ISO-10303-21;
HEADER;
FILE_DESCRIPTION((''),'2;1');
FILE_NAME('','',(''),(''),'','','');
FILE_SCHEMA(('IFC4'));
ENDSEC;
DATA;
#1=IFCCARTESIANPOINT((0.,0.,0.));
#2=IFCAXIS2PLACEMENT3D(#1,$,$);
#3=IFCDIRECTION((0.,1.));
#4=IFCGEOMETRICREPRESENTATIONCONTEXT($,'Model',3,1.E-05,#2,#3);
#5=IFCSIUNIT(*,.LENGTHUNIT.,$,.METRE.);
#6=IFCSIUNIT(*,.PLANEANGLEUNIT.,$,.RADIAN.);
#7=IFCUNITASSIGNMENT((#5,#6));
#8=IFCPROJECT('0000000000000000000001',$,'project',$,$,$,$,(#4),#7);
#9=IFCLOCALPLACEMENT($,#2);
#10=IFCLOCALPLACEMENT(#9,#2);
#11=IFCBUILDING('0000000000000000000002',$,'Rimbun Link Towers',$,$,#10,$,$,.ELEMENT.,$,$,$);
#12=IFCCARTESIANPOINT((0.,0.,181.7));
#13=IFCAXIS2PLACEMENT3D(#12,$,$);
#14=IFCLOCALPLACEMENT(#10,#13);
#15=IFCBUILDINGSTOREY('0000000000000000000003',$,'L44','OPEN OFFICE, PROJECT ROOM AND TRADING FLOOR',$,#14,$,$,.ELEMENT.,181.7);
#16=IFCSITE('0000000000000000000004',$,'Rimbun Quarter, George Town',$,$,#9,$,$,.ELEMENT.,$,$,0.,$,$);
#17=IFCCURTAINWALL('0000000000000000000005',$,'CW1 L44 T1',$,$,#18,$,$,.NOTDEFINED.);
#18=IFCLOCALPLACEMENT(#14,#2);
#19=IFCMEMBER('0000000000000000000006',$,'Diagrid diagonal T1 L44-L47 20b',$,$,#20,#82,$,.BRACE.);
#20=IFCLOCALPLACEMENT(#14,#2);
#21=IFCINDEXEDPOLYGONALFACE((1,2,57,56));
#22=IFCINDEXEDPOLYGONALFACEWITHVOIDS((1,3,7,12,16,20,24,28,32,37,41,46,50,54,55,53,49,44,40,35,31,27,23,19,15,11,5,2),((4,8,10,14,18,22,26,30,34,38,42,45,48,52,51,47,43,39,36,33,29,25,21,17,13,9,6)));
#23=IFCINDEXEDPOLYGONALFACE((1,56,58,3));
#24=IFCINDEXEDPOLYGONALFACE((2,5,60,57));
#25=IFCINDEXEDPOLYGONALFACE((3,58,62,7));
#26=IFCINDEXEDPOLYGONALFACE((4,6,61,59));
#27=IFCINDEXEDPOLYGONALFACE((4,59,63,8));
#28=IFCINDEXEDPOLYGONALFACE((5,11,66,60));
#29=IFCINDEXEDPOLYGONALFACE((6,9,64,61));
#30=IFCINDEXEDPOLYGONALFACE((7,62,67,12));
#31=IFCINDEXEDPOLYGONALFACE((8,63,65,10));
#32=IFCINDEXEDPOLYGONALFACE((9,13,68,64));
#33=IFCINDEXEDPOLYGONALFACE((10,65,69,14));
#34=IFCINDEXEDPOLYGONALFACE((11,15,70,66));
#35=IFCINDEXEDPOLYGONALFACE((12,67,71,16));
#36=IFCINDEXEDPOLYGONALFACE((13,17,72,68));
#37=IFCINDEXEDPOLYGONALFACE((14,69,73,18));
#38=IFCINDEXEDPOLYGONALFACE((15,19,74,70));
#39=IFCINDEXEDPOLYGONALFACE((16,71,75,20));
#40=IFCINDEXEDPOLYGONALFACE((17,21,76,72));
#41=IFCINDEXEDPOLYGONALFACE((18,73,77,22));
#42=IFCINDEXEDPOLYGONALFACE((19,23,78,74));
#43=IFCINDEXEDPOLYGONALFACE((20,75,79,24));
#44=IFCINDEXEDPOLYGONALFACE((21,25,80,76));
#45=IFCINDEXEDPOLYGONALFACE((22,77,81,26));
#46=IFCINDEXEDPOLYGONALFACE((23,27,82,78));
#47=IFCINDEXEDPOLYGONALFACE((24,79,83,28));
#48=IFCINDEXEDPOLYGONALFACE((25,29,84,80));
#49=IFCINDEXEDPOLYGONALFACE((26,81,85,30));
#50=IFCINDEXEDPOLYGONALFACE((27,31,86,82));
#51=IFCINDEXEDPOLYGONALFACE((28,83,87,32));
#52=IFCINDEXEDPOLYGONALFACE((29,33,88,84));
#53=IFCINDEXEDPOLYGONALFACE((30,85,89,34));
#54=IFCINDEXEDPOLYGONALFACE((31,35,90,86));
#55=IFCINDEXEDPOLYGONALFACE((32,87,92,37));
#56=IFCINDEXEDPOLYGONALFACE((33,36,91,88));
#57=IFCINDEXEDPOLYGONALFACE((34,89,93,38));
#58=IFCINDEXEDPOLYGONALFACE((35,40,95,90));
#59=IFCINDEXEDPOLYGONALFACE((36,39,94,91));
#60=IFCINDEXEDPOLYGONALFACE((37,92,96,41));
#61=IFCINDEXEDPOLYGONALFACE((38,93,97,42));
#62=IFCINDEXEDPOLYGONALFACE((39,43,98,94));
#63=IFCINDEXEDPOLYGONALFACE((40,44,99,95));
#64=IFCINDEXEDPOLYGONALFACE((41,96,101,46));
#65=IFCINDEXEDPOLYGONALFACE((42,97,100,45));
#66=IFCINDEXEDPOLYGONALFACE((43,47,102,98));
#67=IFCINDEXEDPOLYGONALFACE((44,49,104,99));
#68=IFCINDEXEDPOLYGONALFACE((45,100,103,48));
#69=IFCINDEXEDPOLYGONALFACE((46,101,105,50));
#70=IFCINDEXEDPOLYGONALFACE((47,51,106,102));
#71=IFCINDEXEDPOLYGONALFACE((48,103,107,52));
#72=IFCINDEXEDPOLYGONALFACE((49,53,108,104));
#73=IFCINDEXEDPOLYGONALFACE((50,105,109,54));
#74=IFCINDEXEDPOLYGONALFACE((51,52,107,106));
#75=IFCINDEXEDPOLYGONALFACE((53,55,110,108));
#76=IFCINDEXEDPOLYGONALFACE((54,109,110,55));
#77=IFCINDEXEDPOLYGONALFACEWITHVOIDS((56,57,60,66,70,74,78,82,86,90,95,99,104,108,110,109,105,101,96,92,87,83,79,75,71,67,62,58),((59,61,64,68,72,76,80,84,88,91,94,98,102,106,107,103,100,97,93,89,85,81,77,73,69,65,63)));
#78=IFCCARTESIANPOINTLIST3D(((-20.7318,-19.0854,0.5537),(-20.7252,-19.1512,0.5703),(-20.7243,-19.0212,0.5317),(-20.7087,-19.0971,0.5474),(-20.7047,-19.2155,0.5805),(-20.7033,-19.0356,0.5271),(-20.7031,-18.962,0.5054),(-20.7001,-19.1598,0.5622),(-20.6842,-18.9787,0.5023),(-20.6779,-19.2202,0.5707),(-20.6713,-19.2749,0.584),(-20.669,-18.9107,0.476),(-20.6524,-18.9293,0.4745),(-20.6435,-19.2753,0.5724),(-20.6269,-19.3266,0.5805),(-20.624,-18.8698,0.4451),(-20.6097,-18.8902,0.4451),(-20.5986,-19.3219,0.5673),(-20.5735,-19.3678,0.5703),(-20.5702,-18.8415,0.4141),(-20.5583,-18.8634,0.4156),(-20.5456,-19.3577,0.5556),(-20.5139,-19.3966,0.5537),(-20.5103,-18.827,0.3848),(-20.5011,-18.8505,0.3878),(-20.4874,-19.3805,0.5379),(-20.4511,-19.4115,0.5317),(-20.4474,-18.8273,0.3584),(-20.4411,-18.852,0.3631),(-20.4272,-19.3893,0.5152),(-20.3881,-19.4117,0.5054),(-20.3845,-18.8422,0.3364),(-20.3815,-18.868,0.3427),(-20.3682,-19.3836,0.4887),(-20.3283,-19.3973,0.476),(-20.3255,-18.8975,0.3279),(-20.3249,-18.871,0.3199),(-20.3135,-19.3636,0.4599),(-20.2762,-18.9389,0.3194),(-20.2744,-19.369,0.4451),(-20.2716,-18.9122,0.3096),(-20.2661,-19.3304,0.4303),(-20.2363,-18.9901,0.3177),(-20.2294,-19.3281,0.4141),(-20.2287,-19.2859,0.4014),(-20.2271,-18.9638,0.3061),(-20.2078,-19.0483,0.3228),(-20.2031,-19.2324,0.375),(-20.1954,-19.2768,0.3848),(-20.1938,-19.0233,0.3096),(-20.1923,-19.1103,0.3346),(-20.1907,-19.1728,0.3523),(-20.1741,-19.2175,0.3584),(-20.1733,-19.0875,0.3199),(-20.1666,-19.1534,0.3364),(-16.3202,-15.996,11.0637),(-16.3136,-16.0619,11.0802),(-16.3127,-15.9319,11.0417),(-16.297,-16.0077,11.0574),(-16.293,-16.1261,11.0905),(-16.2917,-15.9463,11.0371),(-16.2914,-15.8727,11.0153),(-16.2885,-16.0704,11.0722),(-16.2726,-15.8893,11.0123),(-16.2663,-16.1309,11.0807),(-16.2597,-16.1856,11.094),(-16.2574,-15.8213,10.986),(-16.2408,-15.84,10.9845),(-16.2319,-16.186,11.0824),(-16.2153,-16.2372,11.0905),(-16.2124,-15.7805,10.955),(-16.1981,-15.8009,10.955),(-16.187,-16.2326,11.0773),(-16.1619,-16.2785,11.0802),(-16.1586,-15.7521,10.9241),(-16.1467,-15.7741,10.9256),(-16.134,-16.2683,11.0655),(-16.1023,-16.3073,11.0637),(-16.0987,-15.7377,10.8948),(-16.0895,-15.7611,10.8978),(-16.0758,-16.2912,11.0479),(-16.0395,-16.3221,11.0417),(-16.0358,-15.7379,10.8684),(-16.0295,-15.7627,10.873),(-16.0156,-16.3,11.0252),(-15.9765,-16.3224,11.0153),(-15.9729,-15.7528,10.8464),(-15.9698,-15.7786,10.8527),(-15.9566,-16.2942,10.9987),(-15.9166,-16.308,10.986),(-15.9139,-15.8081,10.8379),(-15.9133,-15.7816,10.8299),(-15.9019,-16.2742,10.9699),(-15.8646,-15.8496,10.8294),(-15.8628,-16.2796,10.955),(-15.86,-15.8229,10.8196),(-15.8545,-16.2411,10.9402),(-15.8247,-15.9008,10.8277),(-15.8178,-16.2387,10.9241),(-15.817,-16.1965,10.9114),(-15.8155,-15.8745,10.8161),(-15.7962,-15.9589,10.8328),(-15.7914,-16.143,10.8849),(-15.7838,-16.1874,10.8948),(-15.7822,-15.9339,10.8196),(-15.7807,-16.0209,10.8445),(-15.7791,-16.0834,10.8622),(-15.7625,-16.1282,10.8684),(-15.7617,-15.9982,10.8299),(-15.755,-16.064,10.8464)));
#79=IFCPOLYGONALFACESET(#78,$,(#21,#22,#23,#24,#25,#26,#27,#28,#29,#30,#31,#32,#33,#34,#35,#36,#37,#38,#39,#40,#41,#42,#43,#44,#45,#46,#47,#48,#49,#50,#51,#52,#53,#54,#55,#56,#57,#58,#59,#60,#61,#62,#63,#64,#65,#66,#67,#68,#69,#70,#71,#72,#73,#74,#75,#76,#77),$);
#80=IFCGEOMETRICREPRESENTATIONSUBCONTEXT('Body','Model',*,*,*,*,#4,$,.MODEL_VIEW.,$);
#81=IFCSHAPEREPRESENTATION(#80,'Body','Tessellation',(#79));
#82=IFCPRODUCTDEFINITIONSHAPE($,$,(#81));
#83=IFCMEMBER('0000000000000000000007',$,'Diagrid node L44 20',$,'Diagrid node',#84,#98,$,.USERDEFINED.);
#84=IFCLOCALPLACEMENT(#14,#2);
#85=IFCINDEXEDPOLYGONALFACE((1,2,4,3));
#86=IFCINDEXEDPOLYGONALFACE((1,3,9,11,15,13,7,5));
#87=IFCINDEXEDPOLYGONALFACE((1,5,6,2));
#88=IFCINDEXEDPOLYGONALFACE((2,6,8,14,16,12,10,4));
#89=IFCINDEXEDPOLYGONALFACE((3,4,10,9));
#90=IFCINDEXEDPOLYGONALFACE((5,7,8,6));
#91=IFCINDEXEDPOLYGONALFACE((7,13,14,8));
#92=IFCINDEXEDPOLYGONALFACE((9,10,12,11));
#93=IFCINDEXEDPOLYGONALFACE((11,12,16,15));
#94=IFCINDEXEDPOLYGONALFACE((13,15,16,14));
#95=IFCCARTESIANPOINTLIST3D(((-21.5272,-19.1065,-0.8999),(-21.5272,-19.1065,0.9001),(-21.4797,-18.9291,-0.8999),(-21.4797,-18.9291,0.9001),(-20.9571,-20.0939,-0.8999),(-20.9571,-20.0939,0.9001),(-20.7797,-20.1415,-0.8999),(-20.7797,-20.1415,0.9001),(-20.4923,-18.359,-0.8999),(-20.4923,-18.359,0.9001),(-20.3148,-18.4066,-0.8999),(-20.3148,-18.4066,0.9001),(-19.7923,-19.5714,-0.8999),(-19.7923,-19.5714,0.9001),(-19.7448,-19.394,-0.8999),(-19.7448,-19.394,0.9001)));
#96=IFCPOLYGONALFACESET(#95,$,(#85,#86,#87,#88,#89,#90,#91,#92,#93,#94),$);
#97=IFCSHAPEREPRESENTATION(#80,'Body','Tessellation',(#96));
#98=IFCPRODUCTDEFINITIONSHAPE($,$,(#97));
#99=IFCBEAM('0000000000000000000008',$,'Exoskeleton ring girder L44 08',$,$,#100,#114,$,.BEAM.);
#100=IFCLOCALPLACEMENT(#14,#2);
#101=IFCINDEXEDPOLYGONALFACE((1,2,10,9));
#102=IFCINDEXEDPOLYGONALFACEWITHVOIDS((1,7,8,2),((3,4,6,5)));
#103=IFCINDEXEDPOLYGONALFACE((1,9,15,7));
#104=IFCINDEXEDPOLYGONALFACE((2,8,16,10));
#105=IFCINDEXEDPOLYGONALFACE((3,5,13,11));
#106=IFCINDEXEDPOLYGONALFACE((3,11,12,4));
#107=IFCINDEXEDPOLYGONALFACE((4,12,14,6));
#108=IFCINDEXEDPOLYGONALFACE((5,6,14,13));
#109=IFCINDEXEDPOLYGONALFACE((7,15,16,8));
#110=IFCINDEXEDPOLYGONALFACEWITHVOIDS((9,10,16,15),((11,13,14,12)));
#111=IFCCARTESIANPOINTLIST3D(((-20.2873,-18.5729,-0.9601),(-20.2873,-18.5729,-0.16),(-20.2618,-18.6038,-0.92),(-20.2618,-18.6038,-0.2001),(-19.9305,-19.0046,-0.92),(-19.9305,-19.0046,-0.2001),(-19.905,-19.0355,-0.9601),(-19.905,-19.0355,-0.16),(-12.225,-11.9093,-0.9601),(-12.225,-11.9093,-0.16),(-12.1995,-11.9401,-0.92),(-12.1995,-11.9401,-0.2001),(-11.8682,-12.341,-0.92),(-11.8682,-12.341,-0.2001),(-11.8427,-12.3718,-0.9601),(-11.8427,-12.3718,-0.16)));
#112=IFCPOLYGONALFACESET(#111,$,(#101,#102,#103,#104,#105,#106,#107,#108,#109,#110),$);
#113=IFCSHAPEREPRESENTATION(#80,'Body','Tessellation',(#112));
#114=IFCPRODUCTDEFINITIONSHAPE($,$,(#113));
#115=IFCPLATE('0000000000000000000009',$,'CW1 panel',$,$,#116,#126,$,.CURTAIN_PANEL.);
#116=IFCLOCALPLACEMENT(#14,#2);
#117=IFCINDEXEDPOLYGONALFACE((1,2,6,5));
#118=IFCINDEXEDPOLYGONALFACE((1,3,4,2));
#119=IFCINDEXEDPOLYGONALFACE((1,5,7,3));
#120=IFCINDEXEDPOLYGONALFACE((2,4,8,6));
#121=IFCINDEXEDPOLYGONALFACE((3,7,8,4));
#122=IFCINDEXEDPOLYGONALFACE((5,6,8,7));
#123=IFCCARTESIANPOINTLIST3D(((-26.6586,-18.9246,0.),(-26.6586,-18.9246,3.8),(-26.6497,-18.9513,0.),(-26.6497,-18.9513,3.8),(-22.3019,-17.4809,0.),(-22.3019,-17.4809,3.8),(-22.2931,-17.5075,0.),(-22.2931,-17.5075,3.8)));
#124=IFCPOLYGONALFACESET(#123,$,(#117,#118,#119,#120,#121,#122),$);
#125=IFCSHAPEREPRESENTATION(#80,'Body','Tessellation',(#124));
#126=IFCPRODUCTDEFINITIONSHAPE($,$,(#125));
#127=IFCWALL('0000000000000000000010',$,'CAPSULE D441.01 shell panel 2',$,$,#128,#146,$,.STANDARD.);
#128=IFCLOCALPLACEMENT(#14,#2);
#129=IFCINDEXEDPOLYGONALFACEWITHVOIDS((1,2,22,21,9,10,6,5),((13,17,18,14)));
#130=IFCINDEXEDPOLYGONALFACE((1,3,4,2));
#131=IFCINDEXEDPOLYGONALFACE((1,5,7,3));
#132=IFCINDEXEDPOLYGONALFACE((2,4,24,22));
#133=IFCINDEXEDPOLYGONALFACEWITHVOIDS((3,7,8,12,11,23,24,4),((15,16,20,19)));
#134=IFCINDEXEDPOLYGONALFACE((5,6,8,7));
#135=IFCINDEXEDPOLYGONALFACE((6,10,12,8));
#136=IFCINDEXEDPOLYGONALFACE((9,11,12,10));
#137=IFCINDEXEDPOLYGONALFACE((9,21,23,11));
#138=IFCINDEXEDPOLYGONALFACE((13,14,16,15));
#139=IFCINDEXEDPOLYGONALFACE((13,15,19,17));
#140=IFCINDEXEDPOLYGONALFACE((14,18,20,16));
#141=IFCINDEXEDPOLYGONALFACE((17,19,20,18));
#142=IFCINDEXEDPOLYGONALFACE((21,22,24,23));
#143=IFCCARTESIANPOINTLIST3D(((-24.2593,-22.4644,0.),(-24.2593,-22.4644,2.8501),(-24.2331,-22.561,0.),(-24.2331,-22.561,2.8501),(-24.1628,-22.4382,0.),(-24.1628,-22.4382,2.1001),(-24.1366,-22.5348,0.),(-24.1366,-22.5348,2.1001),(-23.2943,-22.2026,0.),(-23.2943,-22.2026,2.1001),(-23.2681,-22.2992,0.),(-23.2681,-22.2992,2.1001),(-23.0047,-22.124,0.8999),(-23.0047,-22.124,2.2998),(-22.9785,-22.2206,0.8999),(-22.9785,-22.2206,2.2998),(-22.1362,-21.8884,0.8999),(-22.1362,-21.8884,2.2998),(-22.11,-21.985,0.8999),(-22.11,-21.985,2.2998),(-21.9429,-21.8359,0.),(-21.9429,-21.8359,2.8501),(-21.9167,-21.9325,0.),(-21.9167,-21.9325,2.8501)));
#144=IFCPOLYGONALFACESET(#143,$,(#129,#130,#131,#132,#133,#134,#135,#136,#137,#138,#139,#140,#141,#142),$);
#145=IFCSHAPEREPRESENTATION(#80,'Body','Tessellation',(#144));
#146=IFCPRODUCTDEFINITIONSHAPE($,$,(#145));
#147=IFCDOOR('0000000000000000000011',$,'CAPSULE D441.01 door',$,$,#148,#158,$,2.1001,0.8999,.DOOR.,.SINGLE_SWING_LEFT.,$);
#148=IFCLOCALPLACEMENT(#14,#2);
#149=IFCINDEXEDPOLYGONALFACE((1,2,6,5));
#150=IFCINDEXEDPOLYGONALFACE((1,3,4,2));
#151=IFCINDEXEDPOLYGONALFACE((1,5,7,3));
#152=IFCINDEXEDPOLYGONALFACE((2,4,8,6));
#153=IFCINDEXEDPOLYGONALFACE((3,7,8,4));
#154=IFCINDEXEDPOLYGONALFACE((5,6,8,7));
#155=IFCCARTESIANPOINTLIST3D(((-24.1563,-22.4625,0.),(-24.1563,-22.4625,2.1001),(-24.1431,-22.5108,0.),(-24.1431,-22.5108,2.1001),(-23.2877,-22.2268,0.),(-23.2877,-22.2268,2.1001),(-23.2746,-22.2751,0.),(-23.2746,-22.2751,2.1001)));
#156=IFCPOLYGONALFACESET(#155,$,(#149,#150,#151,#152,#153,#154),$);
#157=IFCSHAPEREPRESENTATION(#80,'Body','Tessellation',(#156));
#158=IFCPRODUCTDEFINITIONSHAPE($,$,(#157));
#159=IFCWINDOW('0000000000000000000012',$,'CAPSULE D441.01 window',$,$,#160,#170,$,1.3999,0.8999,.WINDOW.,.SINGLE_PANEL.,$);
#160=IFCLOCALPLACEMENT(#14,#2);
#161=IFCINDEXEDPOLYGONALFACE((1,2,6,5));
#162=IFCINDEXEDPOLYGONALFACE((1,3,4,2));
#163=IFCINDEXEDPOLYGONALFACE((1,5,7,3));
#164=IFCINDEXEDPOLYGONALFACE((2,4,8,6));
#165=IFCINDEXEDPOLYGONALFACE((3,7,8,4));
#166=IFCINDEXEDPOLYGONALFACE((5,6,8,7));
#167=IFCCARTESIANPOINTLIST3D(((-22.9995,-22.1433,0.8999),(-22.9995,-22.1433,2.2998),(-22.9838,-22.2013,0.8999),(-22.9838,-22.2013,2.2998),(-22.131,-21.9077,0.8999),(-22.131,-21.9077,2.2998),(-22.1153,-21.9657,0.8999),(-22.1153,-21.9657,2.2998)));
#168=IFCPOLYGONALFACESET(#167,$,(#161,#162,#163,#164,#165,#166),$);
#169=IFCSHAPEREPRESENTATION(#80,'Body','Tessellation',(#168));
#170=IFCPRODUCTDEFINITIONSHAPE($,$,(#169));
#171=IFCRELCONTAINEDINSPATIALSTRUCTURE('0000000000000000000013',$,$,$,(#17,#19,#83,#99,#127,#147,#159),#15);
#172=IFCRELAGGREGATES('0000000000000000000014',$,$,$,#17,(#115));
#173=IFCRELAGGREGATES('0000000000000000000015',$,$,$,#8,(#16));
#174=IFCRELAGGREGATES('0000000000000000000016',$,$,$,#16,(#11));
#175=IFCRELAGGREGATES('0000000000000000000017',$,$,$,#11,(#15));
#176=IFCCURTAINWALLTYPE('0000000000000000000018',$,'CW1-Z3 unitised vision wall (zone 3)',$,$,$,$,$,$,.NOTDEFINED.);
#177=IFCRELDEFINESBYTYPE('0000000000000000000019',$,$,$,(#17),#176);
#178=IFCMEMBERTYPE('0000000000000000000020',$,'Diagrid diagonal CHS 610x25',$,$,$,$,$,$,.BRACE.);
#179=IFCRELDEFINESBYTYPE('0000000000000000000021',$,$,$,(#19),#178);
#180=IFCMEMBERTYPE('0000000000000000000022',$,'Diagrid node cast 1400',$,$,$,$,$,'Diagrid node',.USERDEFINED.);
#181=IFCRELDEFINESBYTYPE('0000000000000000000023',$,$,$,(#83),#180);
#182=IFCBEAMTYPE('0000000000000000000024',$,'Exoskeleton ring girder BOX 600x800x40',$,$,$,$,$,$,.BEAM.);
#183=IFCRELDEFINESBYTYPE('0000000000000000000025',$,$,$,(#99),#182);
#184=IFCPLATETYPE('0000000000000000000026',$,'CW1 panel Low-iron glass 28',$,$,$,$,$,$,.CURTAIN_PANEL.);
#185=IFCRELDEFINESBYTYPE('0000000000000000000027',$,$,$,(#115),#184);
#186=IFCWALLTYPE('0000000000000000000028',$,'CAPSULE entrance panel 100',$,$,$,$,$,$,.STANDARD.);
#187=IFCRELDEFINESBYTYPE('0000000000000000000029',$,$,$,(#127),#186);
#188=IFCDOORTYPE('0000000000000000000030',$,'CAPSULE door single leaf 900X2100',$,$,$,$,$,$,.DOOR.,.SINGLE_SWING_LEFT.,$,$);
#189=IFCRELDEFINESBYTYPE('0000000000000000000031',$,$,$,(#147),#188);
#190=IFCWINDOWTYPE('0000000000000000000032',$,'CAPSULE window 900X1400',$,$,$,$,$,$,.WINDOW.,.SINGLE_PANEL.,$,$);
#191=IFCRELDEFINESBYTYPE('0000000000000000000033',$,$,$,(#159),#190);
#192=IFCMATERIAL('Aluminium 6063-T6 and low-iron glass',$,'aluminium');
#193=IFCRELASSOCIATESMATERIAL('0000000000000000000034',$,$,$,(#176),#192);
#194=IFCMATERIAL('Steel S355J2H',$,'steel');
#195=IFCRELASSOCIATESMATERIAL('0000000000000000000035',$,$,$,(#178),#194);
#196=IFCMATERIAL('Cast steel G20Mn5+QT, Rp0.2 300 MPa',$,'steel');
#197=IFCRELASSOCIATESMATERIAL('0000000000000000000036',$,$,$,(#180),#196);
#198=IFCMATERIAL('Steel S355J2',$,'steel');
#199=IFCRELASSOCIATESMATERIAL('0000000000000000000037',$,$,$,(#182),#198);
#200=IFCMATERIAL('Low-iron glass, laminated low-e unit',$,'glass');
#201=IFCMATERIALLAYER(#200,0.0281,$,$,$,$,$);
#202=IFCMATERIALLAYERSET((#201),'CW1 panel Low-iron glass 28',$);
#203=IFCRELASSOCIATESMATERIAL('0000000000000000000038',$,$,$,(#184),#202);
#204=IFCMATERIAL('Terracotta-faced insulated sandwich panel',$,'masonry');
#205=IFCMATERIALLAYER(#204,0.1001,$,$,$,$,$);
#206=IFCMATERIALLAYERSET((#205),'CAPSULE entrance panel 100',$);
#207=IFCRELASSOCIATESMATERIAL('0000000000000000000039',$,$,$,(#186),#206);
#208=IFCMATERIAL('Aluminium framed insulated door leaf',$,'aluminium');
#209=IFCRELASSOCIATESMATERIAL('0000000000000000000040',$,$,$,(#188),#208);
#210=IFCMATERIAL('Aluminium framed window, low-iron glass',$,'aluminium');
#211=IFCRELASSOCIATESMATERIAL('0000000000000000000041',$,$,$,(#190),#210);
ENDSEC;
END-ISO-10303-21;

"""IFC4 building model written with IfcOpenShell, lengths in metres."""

from ifc_helpers import new_model, si_unit, direction, frame, frame_2d, origin, origin_2d, place, context, subcontext, project, spatial, polyline, rectangle, hollow_rectangle, hollow_circle, outline, extrude, material, layer, layer_set, material_profile, profile_set, type_object, element, fill, aggregate, save


model = new_model("IFC4")

# Units and contexts
model_context = context("Model", 3, precision=1e-05, world=origin(), true_north=direction((0.0, 1.0)))
body_context = subcontext(model_context, "Body", "Model", "MODEL_VIEW")
ifc_project = project(units=[si_unit("LENGTHUNIT", "METRE"), si_unit("PLANEANGLEUNIT", "RADIAN")], contexts=[model_context])

# Site, building, storey
site_placement = place(None, origin())
site = spatial("IfcSite", under=ifc_project, at=site_placement, Name="Rimbun Quarter, George Town", CompositionType="ELEMENT", RefElevation=0.0)
building_placement = place(site_placement, origin())
building = spatial("IfcBuilding", under=site, at=building_placement, Name="Rimbun Link Towers", CompositionType="ELEMENT")
storey_placement = place(building_placement, frame((0.0, 0.0, 181.7)))
storey = spatial("IfcBuildingStorey", under=building, at=storey_placement, Name="L44", Description="OPEN OFFICE, PROJECT ROOM AND TRADING FLOOR", CompositionType="ELEMENT", Elevation=181.7)

# Curtain wall
ifc_material_1 = material(Name="Aluminium 6063-T6 and low-iron glass", Category="aluminium")
curtain_wall_type = type_object("IfcCurtainWallType", Name="CW1-Z3 unitised vision wall (zone 3)", PredefinedType="NOTDEFINED", material=ifc_material_1)
curtain_wall_placement = place(storey_placement, origin())
curtain_wall = element("IfcCurtainWall", 1, at=curtain_wall_placement, inside=storey, type_object=curtain_wall_type, Name="CW1 L44 T1", PredefinedType="NOTDEFINED")

# Members
ifc_material_2 = material(Name="Steel S355J2H", Category="steel")
ifc_material_profile_1 = material_profile(ifc_material_2, hollow_circle(Radius=0.3047, WallThickness=0.0249, at=origin_2d()), Name="Diagrid diagonal CHS 610x25")
ifc_profile_set_1 = profile_set([ifc_material_profile_1], Name="Steel S355J2H")
member_type_1 = type_object("IfcMemberType", Name="Diagrid diagonal CHS 610x25", PredefinedType="BRACE", material=ifc_profile_set_1)
member_1_placement = place(storey_placement, frame((-20.4492, -19.1194, 0.4451), z_axis=(0.373562, 0.261597, 0.889954), x_axis=(-0.573614, 0.819125, 0.0)))
element("IfcMember", 2, at=member_1_placement, inside=storey, type_object=member_type_1, Name="Diagrid diagonal T1 L44-L47 20b", PredefinedType="BRACE", context=body_context, shape_type="SweptSolid", body=[
    extrude(hollow_circle(Radius=0.3047, WallThickness=0.0249, at=origin_2d()), origin(), (0.0, 0.0, 1.0), 11.8096),
])
ifc_material_3 = material(Name="Cast steel G20Mn5+QT, Rp0.2 300 MPa", Category="steel")
ifc_material_profile_2 = material_profile(ifc_material_3, outline(polyline([(0.7, -0.5701), (0.7, 0.5701), (0.5701, 0.7), (-0.5701, 0.7), (-0.7, 0.5701), (-0.7, -0.5701), (-0.5701, -0.7), (0.5701, -0.7), (0.7, -0.5701)])), Name="NODE 1400x1400")
ifc_profile_set_2 = profile_set([ifc_material_profile_2], Name="Cast steel G20Mn5+QT, Rp0.2 300 MPa")
member_type_2 = type_object("IfcMemberType", Name="Diagrid node cast 1400", ElementType="Diagrid node", PredefinedType="USERDEFINED", material=ifc_profile_set_2)
member_2_placement = place(storey_placement, frame((-20.636, -19.2502, -0.8999), z_axis=(0.0, 0.0, 1.0), x_axis=(0.5, -0.866025, 0.0)))
element("IfcMember", 3, at=member_2_placement, inside=storey, type_object=member_type_2, Name="Diagrid node L44 20", ObjectType="Diagrid node", PredefinedType="USERDEFINED", context=body_context, shape_type="SweptSolid", body=[
    extrude(outline(polyline([(0.7, -0.5701), (0.7, 0.5701), (0.5701, 0.7), (-0.5701, 0.7), (-0.7, 0.5701), (-0.7, -0.5701), (-0.5701, -0.7), (0.5701, -0.7), (0.7, -0.5701)])), origin(), (0.0, 0.0, 1.0), 1.8),
])

# Beam
ifc_material_4 = material(Name="Steel S355J2", Category="steel")
ifc_material_profile_3 = material_profile(ifc_material_4, hollow_rectangle(XDim=0.6001, YDim=0.8, WallThickness=0.04, at=origin_2d()), Name="Exoskeleton ring girder BOX 600x800x40")
ifc_profile_set_3 = profile_set([ifc_material_profile_3], Name="Steel S355J2")
beam_type_1 = type_object("IfcBeamType", Name="Exoskeleton ring girder BOX 600x800x40", PredefinedType="BEAM", material=ifc_profile_set_3)
beam_1_placement = place(storey_placement, frame((-20.0962, -18.8042, -0.5601), z_axis=(0.7708, 0.637077, 0.0), x_axis=(-0.637077, 0.7708, 0.0)))
element("IfcBeam", 4, at=beam_1_placement, inside=storey, type_object=beam_type_1, Name="Exoskeleton ring girder L44 08", PredefinedType="BEAM", context=body_context, shape_type="SweptSolid", body=[
    extrude(hollow_rectangle(XDim=0.6001, YDim=0.8, WallThickness=0.04, at=origin_2d()), origin(), (0.0, 0.0, 1.0), 10.4597),
])

# Plate
ifc_material_5 = material(Name="Low-iron glass, laminated low-e unit", Category="glass")
ifc_layer_1 = layer(ifc_material_5, 0.0281)
ifc_layer_set_1 = layer_set([ifc_layer_1], Name="CW1 panel Low-iron glass 28")
plate_type = type_object("IfcPlateType", Name="CW1 panel Low-iron glass 28", PredefinedType="CURTAIN_PANEL", material=ifc_layer_set_1)
plate_placement = place(storey_placement, frame((-24.4758, -18.2161, 0.0), z_axis=(0.0, 0.0, 1.0), x_axis=(-0.949236, -0.314565, 0.0)))
plate = element("IfcPlate", 5, at=plate_placement, type_object=plate_type, Name="CW1 panel", PredefinedType="CURTAIN_PANEL", context=body_context, shape_type="SweptSolid", body=[
    extrude(rectangle(XDim=4.5896, YDim=0.0281, at=origin_2d()), origin(), (0.0, 0.0, 1.0), 3.8),
])
aggregate(curtain_wall, [plate])

# Wall, openings, door, window
ifc_material_6 = material(Name="Terracotta-faced insulated sandwich panel", Category="masonry")
ifc_layer_2 = layer(ifc_material_6, 0.1001)
ifc_layer_set_2 = layer_set([ifc_layer_2], Name="CAPSULE entrance panel 100")
wall_type_1 = type_object("IfcWallType", Name="CAPSULE entrance panel 100", PredefinedType="STANDARD", material=ifc_layer_set_2)
wall_1_placement = place(storey_placement, frame((-24.2463, -22.5127, 0.0), z_axis=(0.0, 0.0, 1.0), x_axis=(0.965115, 0.261826, 0.0)))
wall_1 = element("IfcWall", 6, at=wall_1_placement, inside=storey, type_object=wall_type_1, Name="CAPSULE D441.01 shell panel 2", PredefinedType="STANDARD", context=body_context, shape_type="SweptSolid", body=[
    extrude(rectangle(XDim=2.4001, YDim=0.1001, at=frame_2d((1.2002, 0.0))), origin(), (0.0, 0.0, 1.0), 2.8501),
])
opening_1_placement = place(wall_1_placement, frame((0.1001, 0.0, 0.0)))
opening_1 = element("IfcOpeningElement", 7, at=opening_1_placement, cuts=wall_1, PredefinedType="OPENING", context=body_context, shape_type="SweptSolid", body=[
    extrude(rectangle(XDim=0.8999, YDim=2.1001, at=frame_2d((0.45, 1.05))), frame((0.0, 0.0601, 0.0), z_axis=(0.0, -1.0, 0.0), x_axis=(1.0, 0.0, 0.0)), (0.0, 0.0, 1.0), 0.1201),
])
opening_2_placement = place(wall_1_placement, frame((1.3, 0.0, 0.8999)))
opening_2 = element("IfcOpeningElement", 8, at=opening_2_placement, cuts=wall_1, PredefinedType="OPENING", context=body_context, shape_type="SweptSolid", body=[
    extrude(rectangle(XDim=0.8999, YDim=1.3999, at=frame_2d((0.45, 0.7))), frame((0.0, 0.0601, 0.0), z_axis=(0.0, -1.0, 0.0), x_axis=(1.0, 0.0, 0.0)), (0.0, 0.0, 1.0), 0.1201),
])
ifc_material_7 = material(Name="Aluminium framed insulated door leaf", Category="aluminium")
door_type = type_object("IfcDoorType", Name="CAPSULE door single leaf 900X2100", OperationType="SINGLE_SWING_LEFT", PredefinedType="DOOR", material=ifc_material_7)
door_1_placement = place(opening_1_placement, origin())
door_1 = element("IfcDoor", 9, at=door_1_placement, inside=storey, type_object=door_type, Name="CAPSULE D441.01 door", OperationType="SINGLE_SWING_LEFT", OverallHeight=2.1001, OverallWidth=0.8999, PredefinedType="DOOR", context=body_context, shape_type="SweptSolid", body=[
    extrude(rectangle(XDim=0.8999, YDim=2.1001, at=frame_2d((0.45, 1.05))), frame((0.0, 0.0249, 0.0), z_axis=(0.0, -1.0, 0.0), x_axis=(1.0, 0.0, 0.0)), (0.0, 0.0, 1.0), 0.05),
])
fill(opening_1, door_1)
ifc_material_8 = material(Name="Aluminium framed window, low-iron glass", Category="aluminium")
window_type = type_object("IfcWindowType", Name="CAPSULE window 900X1400", PartitioningType="SINGLE_PANEL", PredefinedType="WINDOW", material=ifc_material_8)
window_placement = place(opening_2_placement, origin())
window = element("IfcWindow", 10, at=window_placement, inside=storey, type_object=window_type, Name="CAPSULE D441.01 window", OverallHeight=1.3999, OverallWidth=0.8999, PartitioningType="SINGLE_PANEL", PredefinedType="WINDOW", context=body_context, shape_type="SweptSolid", body=[
    extrude(rectangle(XDim=0.8999, YDim=1.3999, at=frame_2d((0.45, 0.7))), frame((0.0, 0.03, 0.0), z_axis=(0.0, -1.0, 0.0), x_axis=(1.0, 0.0, 0.0)), (0.0, 0.0, 1.0), 0.0601),
])
fill(opening_2, window)

save(model, "model.ifc")
